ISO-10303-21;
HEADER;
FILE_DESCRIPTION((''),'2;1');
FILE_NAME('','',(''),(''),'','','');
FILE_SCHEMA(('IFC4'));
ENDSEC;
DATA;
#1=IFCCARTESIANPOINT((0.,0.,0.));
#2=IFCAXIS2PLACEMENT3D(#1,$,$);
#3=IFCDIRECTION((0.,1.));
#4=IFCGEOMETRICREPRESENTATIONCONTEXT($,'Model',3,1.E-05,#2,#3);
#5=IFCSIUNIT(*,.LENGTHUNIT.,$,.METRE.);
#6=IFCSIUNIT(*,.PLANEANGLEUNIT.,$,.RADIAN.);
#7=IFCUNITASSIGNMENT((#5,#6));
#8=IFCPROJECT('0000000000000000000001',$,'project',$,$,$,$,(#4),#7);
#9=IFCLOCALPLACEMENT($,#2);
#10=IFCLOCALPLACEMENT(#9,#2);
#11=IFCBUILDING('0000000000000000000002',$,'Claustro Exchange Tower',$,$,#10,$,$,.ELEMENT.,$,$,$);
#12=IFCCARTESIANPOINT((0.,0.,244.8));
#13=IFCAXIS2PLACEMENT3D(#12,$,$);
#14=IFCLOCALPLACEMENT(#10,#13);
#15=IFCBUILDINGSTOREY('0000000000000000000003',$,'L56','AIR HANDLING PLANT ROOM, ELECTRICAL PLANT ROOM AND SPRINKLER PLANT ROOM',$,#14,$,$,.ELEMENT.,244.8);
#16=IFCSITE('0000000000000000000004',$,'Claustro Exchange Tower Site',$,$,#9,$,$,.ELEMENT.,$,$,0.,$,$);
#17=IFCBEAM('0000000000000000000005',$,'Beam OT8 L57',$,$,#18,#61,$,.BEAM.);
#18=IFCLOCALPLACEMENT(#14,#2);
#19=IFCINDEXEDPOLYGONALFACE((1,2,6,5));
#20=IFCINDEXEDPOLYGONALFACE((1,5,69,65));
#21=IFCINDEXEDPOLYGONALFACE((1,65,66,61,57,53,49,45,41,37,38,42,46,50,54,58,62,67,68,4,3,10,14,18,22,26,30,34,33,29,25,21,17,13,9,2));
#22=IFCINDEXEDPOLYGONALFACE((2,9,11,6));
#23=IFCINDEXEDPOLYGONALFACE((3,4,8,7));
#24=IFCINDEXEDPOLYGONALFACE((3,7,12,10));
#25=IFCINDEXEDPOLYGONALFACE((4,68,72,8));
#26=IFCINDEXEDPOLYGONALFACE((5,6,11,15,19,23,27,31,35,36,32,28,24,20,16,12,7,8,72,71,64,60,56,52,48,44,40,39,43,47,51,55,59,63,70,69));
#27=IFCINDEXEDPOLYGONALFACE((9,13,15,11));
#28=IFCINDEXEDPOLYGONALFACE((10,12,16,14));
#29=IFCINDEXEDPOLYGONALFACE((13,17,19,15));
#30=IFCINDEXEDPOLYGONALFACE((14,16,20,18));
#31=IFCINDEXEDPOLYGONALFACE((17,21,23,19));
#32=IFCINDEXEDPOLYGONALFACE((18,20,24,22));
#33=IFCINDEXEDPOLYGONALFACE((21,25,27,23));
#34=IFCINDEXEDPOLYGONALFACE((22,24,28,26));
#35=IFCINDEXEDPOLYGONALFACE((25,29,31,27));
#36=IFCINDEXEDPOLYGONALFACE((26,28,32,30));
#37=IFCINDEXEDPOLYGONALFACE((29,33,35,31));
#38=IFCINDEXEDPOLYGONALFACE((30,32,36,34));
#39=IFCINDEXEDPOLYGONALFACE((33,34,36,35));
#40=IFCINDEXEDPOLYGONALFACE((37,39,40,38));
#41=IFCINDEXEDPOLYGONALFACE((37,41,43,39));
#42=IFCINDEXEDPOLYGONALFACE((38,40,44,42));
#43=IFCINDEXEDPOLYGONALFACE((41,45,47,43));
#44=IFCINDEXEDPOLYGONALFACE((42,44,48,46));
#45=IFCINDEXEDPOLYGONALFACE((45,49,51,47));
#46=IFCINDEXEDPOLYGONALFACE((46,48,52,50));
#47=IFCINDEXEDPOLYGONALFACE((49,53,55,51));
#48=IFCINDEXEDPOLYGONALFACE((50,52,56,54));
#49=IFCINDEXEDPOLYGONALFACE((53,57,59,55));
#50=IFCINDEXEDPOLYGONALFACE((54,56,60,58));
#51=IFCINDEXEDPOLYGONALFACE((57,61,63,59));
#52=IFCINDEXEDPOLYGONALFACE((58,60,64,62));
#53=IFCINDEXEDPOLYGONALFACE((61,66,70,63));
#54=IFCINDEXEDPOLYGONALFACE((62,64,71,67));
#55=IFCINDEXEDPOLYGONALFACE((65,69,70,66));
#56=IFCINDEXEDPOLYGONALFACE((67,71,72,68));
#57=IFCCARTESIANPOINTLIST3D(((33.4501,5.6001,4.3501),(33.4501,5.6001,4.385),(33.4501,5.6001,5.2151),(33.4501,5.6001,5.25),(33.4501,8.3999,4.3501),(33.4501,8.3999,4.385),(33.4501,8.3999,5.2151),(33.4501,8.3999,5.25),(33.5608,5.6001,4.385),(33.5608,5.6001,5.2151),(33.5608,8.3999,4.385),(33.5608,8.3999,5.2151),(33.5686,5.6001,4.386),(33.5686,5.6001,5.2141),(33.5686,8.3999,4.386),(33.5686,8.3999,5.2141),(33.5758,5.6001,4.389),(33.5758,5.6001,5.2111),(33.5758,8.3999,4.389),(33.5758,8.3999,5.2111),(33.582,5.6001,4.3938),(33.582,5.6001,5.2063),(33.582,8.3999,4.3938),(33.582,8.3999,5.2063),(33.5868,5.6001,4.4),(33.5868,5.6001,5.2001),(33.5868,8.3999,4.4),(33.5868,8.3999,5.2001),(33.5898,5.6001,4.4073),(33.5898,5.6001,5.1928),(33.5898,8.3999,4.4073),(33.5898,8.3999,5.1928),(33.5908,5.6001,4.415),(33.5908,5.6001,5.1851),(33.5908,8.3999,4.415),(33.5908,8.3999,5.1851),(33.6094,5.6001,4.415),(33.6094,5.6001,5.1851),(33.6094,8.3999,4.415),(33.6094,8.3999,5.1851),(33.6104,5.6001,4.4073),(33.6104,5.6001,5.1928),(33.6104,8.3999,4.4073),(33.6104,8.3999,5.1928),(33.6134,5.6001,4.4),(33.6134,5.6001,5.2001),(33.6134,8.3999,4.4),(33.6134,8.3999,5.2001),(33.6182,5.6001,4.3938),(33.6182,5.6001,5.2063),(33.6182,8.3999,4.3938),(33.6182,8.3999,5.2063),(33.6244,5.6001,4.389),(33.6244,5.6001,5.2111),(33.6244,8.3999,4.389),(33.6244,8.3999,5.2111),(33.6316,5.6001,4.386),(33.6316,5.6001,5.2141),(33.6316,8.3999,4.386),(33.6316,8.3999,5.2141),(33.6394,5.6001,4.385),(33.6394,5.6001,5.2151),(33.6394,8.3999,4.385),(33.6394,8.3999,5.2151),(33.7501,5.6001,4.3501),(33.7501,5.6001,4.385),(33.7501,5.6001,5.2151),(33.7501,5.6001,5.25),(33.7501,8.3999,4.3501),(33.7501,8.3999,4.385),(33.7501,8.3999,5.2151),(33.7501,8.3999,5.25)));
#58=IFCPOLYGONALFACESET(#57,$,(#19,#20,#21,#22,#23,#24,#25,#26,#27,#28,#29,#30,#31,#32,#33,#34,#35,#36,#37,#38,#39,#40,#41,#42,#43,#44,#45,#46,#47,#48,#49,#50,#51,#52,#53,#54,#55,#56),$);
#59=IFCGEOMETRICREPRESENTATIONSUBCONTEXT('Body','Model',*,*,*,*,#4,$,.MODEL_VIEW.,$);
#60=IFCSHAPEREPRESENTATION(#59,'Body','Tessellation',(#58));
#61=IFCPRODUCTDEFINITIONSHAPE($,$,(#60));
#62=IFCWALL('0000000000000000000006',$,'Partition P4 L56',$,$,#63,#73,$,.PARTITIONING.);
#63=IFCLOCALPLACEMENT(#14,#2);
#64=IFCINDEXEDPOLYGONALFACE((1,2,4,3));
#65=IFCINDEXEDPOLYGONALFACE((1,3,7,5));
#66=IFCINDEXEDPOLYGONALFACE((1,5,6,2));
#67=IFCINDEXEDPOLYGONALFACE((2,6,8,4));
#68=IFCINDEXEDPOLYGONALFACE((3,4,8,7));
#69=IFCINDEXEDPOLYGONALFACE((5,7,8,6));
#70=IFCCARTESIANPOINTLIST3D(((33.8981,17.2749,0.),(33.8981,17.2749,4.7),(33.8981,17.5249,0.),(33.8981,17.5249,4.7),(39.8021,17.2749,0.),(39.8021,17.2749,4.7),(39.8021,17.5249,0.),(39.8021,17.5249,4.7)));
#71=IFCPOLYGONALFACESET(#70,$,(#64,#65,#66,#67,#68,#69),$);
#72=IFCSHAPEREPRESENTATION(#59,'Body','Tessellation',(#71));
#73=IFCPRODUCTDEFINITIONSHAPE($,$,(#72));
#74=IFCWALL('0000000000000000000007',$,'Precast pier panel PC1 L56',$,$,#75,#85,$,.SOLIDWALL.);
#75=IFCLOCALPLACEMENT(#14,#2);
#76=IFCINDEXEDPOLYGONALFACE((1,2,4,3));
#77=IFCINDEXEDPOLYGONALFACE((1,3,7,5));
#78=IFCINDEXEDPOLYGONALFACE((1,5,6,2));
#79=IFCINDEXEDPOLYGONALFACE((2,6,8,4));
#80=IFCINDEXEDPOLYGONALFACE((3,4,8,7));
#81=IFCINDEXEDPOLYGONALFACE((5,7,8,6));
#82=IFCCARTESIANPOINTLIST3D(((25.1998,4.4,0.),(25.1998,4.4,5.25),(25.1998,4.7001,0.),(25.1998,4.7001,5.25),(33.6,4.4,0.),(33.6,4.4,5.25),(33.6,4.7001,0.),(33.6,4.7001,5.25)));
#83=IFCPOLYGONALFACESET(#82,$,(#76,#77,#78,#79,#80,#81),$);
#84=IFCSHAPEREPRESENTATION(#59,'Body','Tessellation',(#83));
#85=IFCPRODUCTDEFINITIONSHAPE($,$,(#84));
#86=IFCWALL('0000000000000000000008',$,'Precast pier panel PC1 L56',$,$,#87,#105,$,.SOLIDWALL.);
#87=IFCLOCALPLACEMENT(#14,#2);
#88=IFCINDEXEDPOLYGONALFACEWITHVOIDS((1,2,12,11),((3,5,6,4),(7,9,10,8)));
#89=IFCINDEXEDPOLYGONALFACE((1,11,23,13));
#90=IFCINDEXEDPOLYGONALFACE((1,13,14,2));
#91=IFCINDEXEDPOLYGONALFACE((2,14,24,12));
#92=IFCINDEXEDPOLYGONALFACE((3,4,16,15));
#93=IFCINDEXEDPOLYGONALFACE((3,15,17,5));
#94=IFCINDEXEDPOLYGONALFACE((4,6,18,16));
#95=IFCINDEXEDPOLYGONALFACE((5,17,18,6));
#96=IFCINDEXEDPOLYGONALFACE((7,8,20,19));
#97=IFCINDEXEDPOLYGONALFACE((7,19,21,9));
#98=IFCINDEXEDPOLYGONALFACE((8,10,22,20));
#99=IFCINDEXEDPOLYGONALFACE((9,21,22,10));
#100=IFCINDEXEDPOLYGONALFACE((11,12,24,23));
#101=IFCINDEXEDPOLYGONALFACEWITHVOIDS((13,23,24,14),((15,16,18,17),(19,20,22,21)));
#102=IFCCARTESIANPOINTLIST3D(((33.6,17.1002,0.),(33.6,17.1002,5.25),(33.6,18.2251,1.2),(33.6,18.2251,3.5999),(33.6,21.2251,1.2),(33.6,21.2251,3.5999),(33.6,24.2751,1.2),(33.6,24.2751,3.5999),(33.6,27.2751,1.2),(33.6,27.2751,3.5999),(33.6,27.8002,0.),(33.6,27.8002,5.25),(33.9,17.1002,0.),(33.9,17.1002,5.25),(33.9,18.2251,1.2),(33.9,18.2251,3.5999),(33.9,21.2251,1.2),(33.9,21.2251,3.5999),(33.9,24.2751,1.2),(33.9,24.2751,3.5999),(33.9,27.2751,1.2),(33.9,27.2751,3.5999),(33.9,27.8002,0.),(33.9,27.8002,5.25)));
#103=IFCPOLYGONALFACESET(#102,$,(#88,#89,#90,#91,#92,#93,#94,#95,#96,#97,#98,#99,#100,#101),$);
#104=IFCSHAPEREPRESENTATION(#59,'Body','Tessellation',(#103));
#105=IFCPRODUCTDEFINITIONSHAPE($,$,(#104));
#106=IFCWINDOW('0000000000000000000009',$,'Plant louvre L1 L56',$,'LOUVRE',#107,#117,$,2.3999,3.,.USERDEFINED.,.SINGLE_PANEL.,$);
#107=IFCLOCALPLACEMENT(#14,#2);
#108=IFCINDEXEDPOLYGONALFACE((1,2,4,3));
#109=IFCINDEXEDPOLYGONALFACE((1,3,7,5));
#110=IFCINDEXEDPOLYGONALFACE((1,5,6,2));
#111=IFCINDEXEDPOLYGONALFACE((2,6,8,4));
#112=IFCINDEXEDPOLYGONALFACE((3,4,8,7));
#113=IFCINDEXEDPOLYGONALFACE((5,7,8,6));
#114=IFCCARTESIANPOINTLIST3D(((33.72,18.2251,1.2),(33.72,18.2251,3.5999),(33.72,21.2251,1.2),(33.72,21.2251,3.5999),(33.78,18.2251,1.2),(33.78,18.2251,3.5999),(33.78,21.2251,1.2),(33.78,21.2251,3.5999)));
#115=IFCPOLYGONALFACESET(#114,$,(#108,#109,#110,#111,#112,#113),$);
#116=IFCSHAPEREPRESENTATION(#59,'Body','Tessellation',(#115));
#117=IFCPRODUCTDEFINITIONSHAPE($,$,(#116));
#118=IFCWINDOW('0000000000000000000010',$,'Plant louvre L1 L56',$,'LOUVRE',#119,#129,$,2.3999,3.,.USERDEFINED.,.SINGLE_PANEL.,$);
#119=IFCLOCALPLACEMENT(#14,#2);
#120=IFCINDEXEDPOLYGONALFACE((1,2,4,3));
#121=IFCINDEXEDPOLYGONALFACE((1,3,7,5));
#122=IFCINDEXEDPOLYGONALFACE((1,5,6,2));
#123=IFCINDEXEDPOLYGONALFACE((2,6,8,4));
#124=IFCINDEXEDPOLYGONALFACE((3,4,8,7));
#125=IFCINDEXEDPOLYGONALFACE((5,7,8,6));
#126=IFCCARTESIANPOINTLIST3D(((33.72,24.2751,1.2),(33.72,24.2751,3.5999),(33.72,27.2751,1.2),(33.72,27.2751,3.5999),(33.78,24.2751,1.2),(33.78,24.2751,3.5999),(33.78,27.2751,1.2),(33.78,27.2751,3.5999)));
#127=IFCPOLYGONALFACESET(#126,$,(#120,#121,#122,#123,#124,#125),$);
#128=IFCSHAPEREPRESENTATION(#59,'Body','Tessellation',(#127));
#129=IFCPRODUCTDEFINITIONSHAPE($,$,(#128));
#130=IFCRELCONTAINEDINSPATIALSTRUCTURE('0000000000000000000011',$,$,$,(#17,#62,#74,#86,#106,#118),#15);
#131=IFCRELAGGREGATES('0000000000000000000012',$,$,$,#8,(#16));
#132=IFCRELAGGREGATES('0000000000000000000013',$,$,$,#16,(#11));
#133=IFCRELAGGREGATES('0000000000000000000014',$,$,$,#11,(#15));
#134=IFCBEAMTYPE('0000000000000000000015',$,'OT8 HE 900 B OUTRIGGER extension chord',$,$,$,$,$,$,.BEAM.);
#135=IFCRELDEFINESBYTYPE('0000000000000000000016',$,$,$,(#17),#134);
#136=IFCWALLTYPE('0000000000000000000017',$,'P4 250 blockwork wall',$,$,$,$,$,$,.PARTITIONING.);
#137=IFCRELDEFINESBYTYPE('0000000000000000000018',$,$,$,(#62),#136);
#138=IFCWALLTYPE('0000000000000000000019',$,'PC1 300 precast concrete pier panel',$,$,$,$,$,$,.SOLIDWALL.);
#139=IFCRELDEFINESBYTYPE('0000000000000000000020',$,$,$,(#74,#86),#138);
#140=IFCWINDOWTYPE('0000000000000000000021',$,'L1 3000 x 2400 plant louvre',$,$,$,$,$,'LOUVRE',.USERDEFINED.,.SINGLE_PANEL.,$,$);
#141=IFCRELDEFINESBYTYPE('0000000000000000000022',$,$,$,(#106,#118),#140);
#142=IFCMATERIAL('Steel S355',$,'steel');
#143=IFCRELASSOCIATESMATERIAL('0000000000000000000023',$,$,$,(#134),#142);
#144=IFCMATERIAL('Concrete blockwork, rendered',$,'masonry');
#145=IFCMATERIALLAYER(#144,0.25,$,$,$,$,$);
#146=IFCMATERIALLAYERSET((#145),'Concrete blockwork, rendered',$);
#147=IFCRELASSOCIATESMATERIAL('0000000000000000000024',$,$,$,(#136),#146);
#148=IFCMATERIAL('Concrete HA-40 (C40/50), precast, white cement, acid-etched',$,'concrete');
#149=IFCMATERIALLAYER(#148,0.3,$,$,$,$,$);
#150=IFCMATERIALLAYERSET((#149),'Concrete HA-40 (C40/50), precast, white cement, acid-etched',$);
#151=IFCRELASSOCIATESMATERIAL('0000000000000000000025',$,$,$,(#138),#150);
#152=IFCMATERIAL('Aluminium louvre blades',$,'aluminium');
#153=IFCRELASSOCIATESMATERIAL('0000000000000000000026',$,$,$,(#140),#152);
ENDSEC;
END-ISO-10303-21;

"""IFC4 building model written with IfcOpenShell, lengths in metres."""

from ifc_helpers import new_model, si_unit, direction, frame, frame_2d, origin, origin_2d, place, context, subcontext, project, spatial, rectangle, i_section, extrude, material, layer, layer_set, material_profile, profile_set, type_object, element, fill, save


model = new_model("IFC4")

# Units and contexts
model_context = context("Model", 3, precision=1e-05, world=origin(), true_north=direction((0.0, 1.0)))
body_context = subcontext(model_context, "Body", "Model", "MODEL_VIEW")
ifc_project = project(units=[si_unit("LENGTHUNIT", "METRE"), si_unit("PLANEANGLEUNIT", "RADIAN")], contexts=[model_context])

# Site, building, storey
site_placement = place(None, origin())
site = spatial("IfcSite", under=ifc_project, at=site_placement, Name="Claustro Exchange Tower Site", CompositionType="ELEMENT", RefElevation=0.0)
building_placement = place(site_placement, origin())
building = spatial("IfcBuilding", under=site, at=building_placement, Name="Claustro Exchange Tower", CompositionType="ELEMENT")
storey_placement = place(building_placement, frame((0.0, 0.0, 244.8)))
storey = spatial("IfcBuildingStorey", under=building, at=storey_placement, Name="L56", Description="AIR HANDLING PLANT ROOM, ELECTRICAL PLANT ROOM AND SPRINKLER PLANT ROOM", CompositionType="ELEMENT", Elevation=244.8)

# Beam
ifc_material_1 = material(Name="Steel S355", Category="steel")
ifc_material_profile_1 = material_profile(ifc_material_1, i_section(OverallWidth=0.3, OverallDepth=0.8999, WebThickness=0.0186, FlangeThickness=0.0349, FilletRadius=0.03, at=origin_2d()), Name="HE 900 B")
ifc_profile_set_1 = profile_set([ifc_material_profile_1], Name="Steel S355")
beam_type_1 = type_object("IfcBeamType", Name="OT8 HE 900 B OUTRIGGER extension chord", PredefinedType="BEAM", material=ifc_profile_set_1)
beam_1_placement = place(storey_placement, frame((33.6001, 5.6001, 4.8), z_axis=(0.0, 1.0, 0.0), x_axis=(-1.0, 0.0, 0.0)))
element("IfcBeam", 1, at=beam_1_placement, inside=storey, type_object=beam_type_1, Name="Beam OT8 L57", PredefinedType="BEAM", context=body_context, shape_type="SweptSolid", body=[
    extrude(i_section(OverallWidth=0.3, OverallDepth=0.8999, WebThickness=0.0186, FlangeThickness=0.0349, FilletRadius=0.03, at=origin_2d()), origin(), (0.0, 0.0, 1.0), 2.7998),
])

# Walls
ifc_material_2 = material(Name="Concrete blockwork, rendered", Category="masonry")
ifc_layer_1 = layer(ifc_material_2, 0.25)
ifc_layer_set_1 = layer_set([ifc_layer_1], Name="Concrete blockwork, rendered")
wall_type_1 = type_object("IfcWallType", Name="P4 250 blockwork wall", PredefinedType="PARTITIONING", material=ifc_layer_set_1)
wall_1_placement = place(storey_placement, frame((33.8979, 17.3999, 0.0), z_axis=(0.0, 0.0, 1.0), x_axis=(1.0, 0.0, 0.0)))
element("IfcWall", 2, at=wall_1_placement, inside=storey, type_object=wall_type_1, Name="Partition P4 L56", PredefinedType="PARTITIONING", context=body_context, shape_type="SweptSolid", body=[
    extrude(rectangle(XDim=5.9041, YDim=0.25, at=frame_2d((2.9521, 0.0))), origin(), (0.0, 0.0, 1.0), 4.7),
])
ifc_material_3 = material(Name="Concrete HA-40 (C40/50), precast, white cement, acid-etched", Category="concrete")
ifc_layer_2 = layer(ifc_material_3, 0.3)
ifc_layer_set_2 = layer_set([ifc_layer_2], Name="Concrete HA-40 (C40/50), precast, white cement, acid-etched")
wall_type_2 = type_object("IfcWallType", Name="PC1 300 precast concrete pier panel", PredefinedType="SOLIDWALL", material=ifc_layer_set_2)
wall_2_placement = place(storey_placement, frame((33.6001, 4.55, 0.0), z_axis=(0.0, 0.0, 1.0), x_axis=(-1.0, 0.0, 0.0)))
element("IfcWall", 3, at=wall_2_placement, inside=storey, type_object=wall_type_2, Name="Precast pier panel PC1 L56", PredefinedType="SOLIDWALL", context=body_context, shape_type="SweptSolid", body=[
    extrude(rectangle(XDim=8.4001, YDim=0.3, at=frame_2d((4.2002, 0.0))), origin(), (0.0, 0.0, 1.0), 5.25),
])

# Wall, openings, windows
wall_3_placement = place(storey_placement, frame((33.75, 17.1001, 0.0), z_axis=(0.0, 0.0, 1.0), x_axis=(0.0, 1.0, 0.0)))
wall_3 = element("IfcWall", 4, at=wall_3_placement, inside=storey, type_object=wall_type_2, Name="Precast pier panel PC1 L56", PredefinedType="SOLIDWALL", context=body_context, shape_type="SweptSolid", body=[
    extrude(rectangle(XDim=10.7, YDim=0.3, at=frame_2d((5.3501, 0.0))), origin(), (0.0, 0.0, 1.0), 5.25),
])
opening_1_placement = place(wall_3_placement, frame((1.125, 0.0, 1.2)))
opening_1 = element("IfcOpeningElement", 5, at=opening_1_placement, cuts=wall_3, PredefinedType="OPENING", context=body_context, shape_type="SweptSolid", body=[
    extrude(rectangle(XDim=3.0, YDim=2.3999, at=frame_2d((1.5, 1.2))), frame((0.0, 0.1599, 0.0), z_axis=(0.0, -1.0, 0.0), x_axis=(1.0, 0.0, 0.0)), (0.0, 0.0, 1.0), 0.3201),
])
opening_2_placement = place(wall_3_placement, frame((7.175, 0.0, 1.2)))
opening_2 = element("IfcOpeningElement", 6, at=opening_2_placement, cuts=wall_3, PredefinedType="OPENING", context=body_context, shape_type="SweptSolid", body=[
    extrude(rectangle(XDim=3.0, YDim=2.3999, at=frame_2d((1.5, 1.2))), frame((0.0, 0.1599, 0.0), z_axis=(0.0, -1.0, 0.0), x_axis=(1.0, 0.0, 0.0)), (0.0, 0.0, 1.0), 0.3201),
])
ifc_material_4 = material(Name="Aluminium louvre blades", Category="aluminium")
window_type = type_object("IfcWindowType", Name="L1 3000 x 2400 plant louvre", ElementType="LOUVRE", PartitioningType="SINGLE_PANEL", PredefinedType="USERDEFINED", material=ifc_material_4)
window_1_placement = place(opening_1_placement, origin())
window_1 = element("IfcWindow", 7, at=window_1_placement, inside=storey, type_object=window_type, Name="Plant louvre L1 L56", ObjectType="LOUVRE", OverallHeight=2.3999, OverallWidth=3.0, PartitioningType="SINGLE_PANEL", PredefinedType="USERDEFINED", context=body_context, shape_type="SweptSolid", body=[
    extrude(rectangle(XDim=3.0, YDim=2.3999, at=frame_2d((1.5, 1.2))), frame((0.0, 0.03, 0.0), z_axis=(0.0, -1.0, 0.0), x_axis=(1.0, 0.0, 0.0)), (0.0, 0.0, 1.0), 0.0601),
])
fill(opening_1, window_1)
window_2_placement = place(opening_2_placement, origin())
window_2 = element("IfcWindow", 8, at=window_2_placement, inside=storey, type_object=window_type, Name="Plant louvre L1 L56", ObjectType="LOUVRE", OverallHeight=2.3999, OverallWidth=3.0, PartitioningType="SINGLE_PANEL", PredefinedType="USERDEFINED", context=body_context, shape_type="SweptSolid", body=[
    extrude(rectangle(XDim=3.0, YDim=2.3999, at=frame_2d((1.5, 1.2))), frame((0.0, 0.03, 0.0), z_axis=(0.0, -1.0, 0.0), x_axis=(1.0, 0.0, 0.0)), (0.0, 0.0, 1.0), 0.0601),
])
fill(opening_2, window_2)

save(model, "model.ifc")
